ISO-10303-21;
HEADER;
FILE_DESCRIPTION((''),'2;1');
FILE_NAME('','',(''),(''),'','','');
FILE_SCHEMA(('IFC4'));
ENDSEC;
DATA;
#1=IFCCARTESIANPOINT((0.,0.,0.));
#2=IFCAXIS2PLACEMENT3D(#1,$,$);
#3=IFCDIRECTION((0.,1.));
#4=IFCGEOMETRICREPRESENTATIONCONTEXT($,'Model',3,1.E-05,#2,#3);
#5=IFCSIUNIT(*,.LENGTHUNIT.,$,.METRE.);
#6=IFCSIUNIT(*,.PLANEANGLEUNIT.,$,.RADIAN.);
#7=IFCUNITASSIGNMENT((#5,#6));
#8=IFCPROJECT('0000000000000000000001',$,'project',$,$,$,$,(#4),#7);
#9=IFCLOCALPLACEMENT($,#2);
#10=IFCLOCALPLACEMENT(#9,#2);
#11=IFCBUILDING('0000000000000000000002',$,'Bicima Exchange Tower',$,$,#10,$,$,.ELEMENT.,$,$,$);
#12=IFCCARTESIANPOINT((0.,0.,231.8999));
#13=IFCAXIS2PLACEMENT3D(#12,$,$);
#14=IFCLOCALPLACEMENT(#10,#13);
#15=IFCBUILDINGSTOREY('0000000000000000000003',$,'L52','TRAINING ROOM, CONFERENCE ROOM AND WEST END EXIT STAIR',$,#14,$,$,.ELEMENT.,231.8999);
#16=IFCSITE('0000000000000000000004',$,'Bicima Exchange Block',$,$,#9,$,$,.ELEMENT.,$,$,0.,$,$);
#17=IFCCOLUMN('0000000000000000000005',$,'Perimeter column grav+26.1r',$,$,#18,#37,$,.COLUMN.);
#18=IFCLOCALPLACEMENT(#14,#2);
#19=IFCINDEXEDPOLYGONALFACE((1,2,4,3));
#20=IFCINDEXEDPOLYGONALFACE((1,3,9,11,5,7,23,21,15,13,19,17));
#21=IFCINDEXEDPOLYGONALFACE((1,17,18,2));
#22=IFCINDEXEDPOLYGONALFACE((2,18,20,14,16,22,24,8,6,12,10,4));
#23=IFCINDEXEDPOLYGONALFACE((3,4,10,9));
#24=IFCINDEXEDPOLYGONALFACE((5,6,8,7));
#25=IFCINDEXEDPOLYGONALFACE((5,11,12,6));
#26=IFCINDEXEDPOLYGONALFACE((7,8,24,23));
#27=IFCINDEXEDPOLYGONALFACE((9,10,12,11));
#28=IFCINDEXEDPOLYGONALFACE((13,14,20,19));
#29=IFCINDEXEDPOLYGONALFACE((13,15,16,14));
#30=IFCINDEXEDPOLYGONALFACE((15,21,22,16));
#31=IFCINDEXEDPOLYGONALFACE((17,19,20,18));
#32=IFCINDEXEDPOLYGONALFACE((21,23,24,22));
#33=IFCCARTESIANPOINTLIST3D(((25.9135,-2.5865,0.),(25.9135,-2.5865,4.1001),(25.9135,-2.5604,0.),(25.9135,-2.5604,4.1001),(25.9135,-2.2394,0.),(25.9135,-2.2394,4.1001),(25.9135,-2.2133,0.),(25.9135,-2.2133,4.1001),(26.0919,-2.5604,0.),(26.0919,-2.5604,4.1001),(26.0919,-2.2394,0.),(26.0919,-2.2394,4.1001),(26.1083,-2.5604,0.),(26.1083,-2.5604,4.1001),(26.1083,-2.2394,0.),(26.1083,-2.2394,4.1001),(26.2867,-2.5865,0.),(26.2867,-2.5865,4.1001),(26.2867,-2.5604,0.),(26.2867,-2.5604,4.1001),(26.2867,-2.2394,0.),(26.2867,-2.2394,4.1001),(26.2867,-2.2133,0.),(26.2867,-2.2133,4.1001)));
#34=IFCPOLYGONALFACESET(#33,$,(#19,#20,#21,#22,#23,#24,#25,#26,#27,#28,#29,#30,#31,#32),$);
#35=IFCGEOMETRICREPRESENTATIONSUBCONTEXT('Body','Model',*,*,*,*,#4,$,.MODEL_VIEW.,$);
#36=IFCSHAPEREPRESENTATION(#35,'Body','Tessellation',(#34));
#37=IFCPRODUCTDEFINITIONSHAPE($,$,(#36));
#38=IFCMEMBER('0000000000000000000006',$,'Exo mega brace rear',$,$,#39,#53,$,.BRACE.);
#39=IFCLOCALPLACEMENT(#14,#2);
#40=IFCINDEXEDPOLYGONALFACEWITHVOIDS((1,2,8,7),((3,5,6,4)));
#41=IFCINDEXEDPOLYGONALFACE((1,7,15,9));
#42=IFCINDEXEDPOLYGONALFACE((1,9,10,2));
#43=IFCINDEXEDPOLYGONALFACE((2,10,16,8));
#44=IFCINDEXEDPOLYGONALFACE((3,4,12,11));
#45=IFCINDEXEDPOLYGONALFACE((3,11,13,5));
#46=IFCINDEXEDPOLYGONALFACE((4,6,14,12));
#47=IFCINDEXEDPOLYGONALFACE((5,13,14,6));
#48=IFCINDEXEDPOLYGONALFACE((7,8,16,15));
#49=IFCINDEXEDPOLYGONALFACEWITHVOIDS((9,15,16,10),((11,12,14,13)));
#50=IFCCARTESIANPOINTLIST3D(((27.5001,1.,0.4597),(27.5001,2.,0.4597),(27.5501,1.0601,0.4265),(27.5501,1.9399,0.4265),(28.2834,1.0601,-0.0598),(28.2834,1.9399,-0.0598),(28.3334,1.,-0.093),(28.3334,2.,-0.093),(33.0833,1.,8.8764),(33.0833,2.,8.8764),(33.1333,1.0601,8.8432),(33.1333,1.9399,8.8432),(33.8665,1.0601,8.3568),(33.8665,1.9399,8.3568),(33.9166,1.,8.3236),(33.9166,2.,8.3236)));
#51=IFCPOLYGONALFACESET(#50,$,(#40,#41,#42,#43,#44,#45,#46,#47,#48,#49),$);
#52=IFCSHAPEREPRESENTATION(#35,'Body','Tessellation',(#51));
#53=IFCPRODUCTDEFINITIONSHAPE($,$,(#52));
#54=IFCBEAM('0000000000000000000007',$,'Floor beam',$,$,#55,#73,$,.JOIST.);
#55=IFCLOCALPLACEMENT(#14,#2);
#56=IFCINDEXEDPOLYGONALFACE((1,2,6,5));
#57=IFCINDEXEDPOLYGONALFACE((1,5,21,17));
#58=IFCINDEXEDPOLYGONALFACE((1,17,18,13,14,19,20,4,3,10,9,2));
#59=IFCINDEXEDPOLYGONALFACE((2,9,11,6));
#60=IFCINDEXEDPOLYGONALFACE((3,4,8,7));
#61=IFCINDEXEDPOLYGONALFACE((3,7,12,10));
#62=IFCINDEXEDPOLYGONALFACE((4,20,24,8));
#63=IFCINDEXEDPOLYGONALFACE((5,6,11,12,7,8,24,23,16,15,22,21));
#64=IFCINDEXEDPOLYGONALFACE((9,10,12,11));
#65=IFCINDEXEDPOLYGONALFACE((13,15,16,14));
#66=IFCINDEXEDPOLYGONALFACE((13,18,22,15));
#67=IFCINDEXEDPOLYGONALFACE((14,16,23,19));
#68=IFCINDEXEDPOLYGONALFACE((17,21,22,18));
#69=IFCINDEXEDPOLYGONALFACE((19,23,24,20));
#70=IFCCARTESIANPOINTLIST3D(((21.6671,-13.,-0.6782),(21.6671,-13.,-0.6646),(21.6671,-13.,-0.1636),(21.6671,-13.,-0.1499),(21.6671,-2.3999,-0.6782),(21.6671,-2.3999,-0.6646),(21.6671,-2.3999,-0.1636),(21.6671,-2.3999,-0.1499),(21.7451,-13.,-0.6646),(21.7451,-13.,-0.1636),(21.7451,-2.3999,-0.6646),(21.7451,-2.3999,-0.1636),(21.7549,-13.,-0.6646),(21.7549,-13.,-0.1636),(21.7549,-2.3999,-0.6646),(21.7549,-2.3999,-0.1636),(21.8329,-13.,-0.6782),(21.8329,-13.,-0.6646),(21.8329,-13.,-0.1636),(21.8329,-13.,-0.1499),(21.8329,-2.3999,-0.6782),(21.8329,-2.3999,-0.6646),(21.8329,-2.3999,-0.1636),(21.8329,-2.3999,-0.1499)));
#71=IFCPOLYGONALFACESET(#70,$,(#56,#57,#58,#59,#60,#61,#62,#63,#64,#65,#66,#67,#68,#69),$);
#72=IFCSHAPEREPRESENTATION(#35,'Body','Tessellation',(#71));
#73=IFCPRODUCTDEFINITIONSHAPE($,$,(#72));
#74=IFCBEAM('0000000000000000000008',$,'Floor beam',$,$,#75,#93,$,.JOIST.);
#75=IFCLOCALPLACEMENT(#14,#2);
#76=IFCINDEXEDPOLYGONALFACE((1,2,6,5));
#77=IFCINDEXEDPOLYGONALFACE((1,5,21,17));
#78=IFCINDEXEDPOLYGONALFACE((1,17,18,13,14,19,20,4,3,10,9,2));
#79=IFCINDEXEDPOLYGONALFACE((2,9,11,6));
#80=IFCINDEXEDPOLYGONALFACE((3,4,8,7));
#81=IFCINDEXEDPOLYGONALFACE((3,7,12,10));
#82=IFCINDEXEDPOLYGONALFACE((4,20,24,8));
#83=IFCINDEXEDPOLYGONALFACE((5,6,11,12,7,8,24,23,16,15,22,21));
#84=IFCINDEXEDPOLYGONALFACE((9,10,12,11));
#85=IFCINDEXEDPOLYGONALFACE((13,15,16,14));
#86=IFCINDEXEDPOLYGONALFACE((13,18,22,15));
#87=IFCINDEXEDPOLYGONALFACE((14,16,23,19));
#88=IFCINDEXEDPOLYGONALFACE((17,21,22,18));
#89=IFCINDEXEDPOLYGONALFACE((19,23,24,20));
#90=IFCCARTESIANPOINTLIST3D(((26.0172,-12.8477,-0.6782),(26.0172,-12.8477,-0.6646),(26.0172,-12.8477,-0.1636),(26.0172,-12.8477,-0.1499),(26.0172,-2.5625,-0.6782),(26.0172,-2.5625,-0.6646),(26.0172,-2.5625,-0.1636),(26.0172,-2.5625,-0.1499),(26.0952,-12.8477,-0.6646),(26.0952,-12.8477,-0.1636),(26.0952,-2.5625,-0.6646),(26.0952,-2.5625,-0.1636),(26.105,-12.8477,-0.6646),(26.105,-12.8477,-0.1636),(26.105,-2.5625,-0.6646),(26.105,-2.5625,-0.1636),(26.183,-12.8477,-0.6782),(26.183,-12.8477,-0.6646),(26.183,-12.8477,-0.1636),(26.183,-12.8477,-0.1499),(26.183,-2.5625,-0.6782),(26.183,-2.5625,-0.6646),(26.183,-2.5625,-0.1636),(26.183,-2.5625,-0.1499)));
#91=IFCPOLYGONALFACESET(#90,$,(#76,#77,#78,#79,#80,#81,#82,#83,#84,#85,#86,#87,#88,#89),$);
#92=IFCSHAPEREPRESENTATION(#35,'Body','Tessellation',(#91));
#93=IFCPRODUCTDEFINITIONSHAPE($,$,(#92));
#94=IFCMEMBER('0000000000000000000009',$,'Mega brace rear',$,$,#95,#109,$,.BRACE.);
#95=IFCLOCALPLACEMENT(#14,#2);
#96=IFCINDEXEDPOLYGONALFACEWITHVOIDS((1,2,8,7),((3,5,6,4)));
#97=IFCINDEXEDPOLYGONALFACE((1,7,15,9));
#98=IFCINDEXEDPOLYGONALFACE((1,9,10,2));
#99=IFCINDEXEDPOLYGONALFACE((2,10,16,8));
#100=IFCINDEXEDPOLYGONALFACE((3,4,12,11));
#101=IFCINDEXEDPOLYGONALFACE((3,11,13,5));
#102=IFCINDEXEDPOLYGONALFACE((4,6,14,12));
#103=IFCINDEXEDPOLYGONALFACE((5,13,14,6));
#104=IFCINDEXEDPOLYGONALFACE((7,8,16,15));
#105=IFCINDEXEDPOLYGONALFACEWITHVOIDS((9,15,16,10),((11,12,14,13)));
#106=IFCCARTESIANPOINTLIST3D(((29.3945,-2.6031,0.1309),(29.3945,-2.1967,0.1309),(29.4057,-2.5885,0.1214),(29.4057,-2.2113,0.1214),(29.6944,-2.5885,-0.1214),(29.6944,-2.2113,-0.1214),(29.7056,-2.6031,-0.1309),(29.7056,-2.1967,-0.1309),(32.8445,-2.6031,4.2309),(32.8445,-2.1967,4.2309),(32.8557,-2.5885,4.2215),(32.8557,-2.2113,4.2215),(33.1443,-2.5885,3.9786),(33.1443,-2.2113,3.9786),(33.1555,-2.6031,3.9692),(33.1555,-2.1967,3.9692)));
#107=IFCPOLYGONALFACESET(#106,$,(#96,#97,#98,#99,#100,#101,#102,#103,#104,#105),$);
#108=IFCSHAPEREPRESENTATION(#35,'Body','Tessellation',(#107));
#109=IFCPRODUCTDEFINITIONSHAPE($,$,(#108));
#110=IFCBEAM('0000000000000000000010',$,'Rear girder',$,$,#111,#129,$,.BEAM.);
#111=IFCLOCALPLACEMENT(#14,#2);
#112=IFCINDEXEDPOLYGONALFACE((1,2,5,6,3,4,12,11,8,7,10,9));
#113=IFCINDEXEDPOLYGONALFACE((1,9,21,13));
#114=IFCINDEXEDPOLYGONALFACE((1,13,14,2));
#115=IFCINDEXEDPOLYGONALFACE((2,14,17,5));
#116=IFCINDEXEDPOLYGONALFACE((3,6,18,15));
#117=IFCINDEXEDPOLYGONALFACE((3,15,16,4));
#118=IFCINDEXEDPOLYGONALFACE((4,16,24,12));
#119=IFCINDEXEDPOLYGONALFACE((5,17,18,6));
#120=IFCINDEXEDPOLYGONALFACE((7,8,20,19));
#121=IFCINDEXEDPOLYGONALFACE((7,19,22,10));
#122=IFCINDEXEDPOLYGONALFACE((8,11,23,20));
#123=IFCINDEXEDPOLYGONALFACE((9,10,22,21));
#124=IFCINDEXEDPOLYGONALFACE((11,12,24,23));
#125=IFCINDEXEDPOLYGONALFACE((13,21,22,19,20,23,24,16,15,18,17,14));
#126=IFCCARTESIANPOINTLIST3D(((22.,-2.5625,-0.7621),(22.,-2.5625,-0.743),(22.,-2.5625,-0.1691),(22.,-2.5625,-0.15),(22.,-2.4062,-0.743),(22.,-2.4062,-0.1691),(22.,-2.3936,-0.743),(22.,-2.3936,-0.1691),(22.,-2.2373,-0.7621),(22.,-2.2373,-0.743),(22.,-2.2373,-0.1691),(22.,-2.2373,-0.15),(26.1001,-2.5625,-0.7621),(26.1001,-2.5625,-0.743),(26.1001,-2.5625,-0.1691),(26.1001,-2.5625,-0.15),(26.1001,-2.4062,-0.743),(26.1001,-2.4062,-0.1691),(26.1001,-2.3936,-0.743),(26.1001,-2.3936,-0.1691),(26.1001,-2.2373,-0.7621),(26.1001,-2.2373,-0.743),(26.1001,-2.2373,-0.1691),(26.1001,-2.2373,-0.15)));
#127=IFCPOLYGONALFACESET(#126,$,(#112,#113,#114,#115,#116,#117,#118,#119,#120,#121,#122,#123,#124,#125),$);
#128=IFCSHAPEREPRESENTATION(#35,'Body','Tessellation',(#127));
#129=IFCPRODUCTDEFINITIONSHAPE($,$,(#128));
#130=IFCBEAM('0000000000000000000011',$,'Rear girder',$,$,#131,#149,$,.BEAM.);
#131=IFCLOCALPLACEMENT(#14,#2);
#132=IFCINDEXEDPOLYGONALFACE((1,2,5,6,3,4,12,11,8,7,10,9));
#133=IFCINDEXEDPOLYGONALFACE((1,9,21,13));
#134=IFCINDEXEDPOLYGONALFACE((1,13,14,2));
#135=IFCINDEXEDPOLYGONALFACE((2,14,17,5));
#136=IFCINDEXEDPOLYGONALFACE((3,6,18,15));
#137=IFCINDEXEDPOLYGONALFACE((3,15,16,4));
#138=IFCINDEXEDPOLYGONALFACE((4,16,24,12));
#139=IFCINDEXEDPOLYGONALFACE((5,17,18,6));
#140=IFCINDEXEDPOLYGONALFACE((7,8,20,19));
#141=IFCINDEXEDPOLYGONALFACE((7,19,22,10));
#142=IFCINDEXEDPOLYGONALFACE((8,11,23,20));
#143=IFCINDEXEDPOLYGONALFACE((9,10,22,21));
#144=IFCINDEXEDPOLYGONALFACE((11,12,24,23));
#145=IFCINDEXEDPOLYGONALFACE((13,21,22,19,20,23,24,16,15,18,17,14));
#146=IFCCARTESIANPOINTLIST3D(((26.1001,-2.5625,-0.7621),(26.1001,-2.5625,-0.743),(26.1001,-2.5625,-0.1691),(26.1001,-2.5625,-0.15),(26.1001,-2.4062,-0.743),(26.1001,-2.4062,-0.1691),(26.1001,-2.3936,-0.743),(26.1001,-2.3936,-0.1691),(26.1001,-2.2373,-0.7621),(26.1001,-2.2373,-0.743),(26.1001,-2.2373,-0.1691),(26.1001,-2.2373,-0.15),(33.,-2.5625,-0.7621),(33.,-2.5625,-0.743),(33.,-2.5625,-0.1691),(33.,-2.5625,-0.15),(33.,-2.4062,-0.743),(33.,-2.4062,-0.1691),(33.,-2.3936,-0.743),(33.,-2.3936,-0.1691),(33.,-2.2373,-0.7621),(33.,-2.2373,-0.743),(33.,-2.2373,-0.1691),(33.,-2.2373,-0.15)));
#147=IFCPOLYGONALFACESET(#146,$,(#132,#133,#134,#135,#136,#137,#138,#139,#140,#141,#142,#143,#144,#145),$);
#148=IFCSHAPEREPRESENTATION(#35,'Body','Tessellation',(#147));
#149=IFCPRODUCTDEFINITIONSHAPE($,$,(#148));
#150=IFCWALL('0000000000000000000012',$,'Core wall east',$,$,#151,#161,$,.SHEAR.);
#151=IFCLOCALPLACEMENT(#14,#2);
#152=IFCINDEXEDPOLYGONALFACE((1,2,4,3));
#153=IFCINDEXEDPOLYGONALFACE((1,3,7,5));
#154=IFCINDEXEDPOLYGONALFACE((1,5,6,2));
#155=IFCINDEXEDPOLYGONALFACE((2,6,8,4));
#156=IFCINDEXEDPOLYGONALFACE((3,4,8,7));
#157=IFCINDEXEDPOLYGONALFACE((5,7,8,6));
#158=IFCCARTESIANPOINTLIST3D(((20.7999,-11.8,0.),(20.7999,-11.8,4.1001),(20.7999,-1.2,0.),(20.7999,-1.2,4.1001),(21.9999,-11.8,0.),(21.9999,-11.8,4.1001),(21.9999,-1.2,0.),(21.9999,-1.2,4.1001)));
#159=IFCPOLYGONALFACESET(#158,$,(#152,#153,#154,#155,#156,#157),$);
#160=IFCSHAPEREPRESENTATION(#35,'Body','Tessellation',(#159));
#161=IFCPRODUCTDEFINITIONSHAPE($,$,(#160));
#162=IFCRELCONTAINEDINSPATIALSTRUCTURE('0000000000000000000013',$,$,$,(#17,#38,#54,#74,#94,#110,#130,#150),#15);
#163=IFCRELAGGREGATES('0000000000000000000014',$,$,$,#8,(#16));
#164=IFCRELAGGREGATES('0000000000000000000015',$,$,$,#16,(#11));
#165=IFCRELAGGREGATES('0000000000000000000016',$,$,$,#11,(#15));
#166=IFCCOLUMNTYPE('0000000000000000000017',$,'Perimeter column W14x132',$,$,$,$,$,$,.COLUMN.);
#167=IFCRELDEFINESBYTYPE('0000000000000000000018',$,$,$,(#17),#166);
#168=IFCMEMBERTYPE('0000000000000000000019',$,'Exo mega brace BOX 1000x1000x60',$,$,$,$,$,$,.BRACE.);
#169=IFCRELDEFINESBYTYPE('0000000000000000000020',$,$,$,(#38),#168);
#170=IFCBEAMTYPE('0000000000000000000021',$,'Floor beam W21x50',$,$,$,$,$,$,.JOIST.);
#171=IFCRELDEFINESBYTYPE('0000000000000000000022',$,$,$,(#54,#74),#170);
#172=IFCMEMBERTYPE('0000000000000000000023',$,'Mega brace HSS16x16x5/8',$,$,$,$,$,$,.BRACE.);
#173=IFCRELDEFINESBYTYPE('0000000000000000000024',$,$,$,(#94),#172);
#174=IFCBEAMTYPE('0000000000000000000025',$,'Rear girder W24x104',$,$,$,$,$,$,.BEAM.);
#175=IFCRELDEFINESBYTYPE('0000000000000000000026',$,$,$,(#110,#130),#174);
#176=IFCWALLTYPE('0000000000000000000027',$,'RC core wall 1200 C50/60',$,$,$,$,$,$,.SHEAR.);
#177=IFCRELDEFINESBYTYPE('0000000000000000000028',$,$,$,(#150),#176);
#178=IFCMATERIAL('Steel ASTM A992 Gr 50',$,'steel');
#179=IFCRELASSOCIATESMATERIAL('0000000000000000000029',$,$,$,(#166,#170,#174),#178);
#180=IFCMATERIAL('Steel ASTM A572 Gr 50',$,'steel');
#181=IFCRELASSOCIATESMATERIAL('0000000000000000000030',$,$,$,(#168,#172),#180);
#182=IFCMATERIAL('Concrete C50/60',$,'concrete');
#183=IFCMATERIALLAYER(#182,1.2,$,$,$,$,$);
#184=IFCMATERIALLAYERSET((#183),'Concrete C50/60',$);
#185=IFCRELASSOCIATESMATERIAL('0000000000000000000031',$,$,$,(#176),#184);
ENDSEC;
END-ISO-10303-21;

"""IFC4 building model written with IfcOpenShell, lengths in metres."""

from ifc_helpers import new_model, si_unit, direction, frame, frame_2d, origin, origin_2d, place, context, subcontext, project, spatial, rectangle, hollow_rectangle, i_section, extrude, material, layer, layer_set, material_profile, profile_set, type_object, element, save


model = new_model("IFC4")

# Units and contexts
model_context = context("Model", 3, precision=1e-05, world=origin(), true_north=direction((0.0, 1.0)))
body_context = subcontext(model_context, "Body", "Model", "MODEL_VIEW")
ifc_project = project(units=[si_unit("LENGTHUNIT", "METRE"), si_unit("PLANEANGLEUNIT", "RADIAN")], contexts=[model_context])

# Site, building, storey
site_placement = place(None, origin())
site = spatial("IfcSite", under=ifc_project, at=site_placement, Name="Bicima Exchange Block", CompositionType="ELEMENT", RefElevation=0.0)
building_placement = place(site_placement, origin())
building = spatial("IfcBuilding", under=site, at=building_placement, Name="Bicima Exchange Tower", CompositionType="ELEMENT")
storey_placement = place(building_placement, frame((0.0, 0.0, 231.8999)))
storey = spatial("IfcBuildingStorey", under=building, at=storey_placement, Name="L52", Description="TRAINING ROOM, CONFERENCE ROOM AND WEST END EXIT STAIR", CompositionType="ELEMENT", Elevation=231.8999)

# Column
ifc_material_1 = material(Name="Steel ASTM A992 Gr 50", Category="steel")
ifc_material_profile_1 = material_profile(ifc_material_1, i_section(OverallWidth=0.3733, OverallDepth=0.3733, WebThickness=0.0164, FlangeThickness=0.0261, at=origin_2d()))
ifc_profile_set_1 = profile_set([ifc_material_profile_1], Name="Steel ASTM A992 Gr 50")
column_type = type_object("IfcColumnType", Name="Perimeter column W14x132", PredefinedType="COLUMN", material=ifc_profile_set_1)
column_placement = place(storey_placement, frame((26.1001, -2.3999, 0.0), z_axis=(0.0, 0.0, 1.0), x_axis=(1.0, 0.0, 0.0)))
element("IfcColumn", 1, at=column_placement, inside=storey, type_object=column_type, Name="Perimeter column grav+26.1r", PredefinedType="COLUMN", context=body_context, shape_type="SweptSolid", body=[
    extrude(i_section(OverallWidth=0.3733, OverallDepth=0.3733, WebThickness=0.0164, FlangeThickness=0.0261, at=origin_2d()), origin(), (0.0, 0.0, 1.0), 4.1001),
])

# Member
ifc_material_2 = material(Name="Steel ASTM A572 Gr 50", Category="steel")
ifc_material_profile_2 = material_profile(ifc_material_2, hollow_rectangle(XDim=1.0, YDim=1.0, WallThickness=0.0601, at=origin_2d()))
ifc_profile_set_2 = profile_set([ifc_material_profile_2], Name="Steel ASTM A572 Gr 50")
member_type_1 = type_object("IfcMemberType", Name="Exo mega brace BOX 1000x1000x60", PredefinedType="BRACE", material=ifc_profile_set_2)
member_1_placement = place(storey_placement, frame((27.9167, 1.5, 0.1833), z_axis=(0.552785, 0.0, 0.833324), x_axis=(0.0, 1.0, 0.0)))
element("IfcMember", 2, at=member_1_placement, inside=storey, type_object=member_type_1, Name="Exo mega brace rear", PredefinedType="BRACE", context=body_context, shape_type="SweptSolid", body=[
    extrude(hollow_rectangle(XDim=1.0, YDim=1.0, WallThickness=0.0601, at=origin_2d()), origin(), (0.0, 0.0, 1.0), 10.1001),
])

# Beams
ifc_material_profile_3 = material_profile(ifc_material_1, i_section(OverallWidth=0.1658, OverallDepth=0.5283, WebThickness=0.0098, FlangeThickness=0.0137, at=origin_2d()))
ifc_profile_set_3 = profile_set([ifc_material_profile_3], Name="Steel ASTM A992 Gr 50")
beam_type_1 = type_object("IfcBeamType", Name="Floor beam W21x50", PredefinedType="JOIST", material=ifc_profile_set_3)
beam_1_placement = place(storey_placement, frame((21.75, -2.3999, -0.4141), z_axis=(0.0, -1.0, 0.0), x_axis=(1.0, 0.0, 0.0)))
element("IfcBeam", 3, at=beam_1_placement, inside=storey, type_object=beam_type_1, Name="Floor beam", PredefinedType="JOIST", context=body_context, shape_type="SweptSolid", body=[
    extrude(i_section(OverallWidth=0.1658, OverallDepth=0.5283, WebThickness=0.0098, FlangeThickness=0.0137, at=origin_2d()), origin(), (0.0, 0.0, 1.0), 10.6001),
])
beam_2_placement = place(storey_placement, frame((26.1001, -2.5625, -0.4141), z_axis=(0.0, -1.0, 0.0), x_axis=(1.0, 0.0, 0.0)))
element("IfcBeam", 4, at=beam_2_placement, inside=storey, type_object=beam_type_1, Name="Floor beam", PredefinedType="JOIST", context=body_context, shape_type="SweptSolid", body=[
    extrude(i_section(OverallWidth=0.1658, OverallDepth=0.5283, WebThickness=0.0098, FlangeThickness=0.0137, at=origin_2d()), origin(), (0.0, 0.0, 1.0), 10.2852),
])

# Member
ifc_material_profile_4 = material_profile(ifc_material_2, hollow_rectangle(XDim=0.4065, YDim=0.4065, WallThickness=0.0146, at=origin_2d()))
ifc_profile_set_4 = profile_set([ifc_material_profile_4], Name="Steel ASTM A572 Gr 50")
member_type_2 = type_object("IfcMemberType", Name="Mega brace HSS16x16x5/8", PredefinedType="BRACE", material=ifc_profile_set_4)
member_2_placement = place(storey_placement, frame((29.55, -2.3999, 0.0), z_axis=(0.643834, 0.0, 0.765165), x_axis=(0.0, 1.0, 0.0)))
element("IfcMember", 5, at=member_2_placement, inside=storey, type_object=member_type_2, Name="Mega brace rear", PredefinedType="BRACE", context=body_context, shape_type="SweptSolid", body=[
    extrude(hollow_rectangle(XDim=0.4065, YDim=0.4065, WallThickness=0.0146, at=origin_2d()), origin(), (0.0, 0.0, 1.0), 5.3584),
])

# Beams
ifc_material_profile_5 = material_profile(ifc_material_1, i_section(OverallWidth=0.3252, OverallDepth=0.6121, WebThickness=0.0127, FlangeThickness=0.019, at=origin_2d()))
ifc_profile_set_5 = profile_set([ifc_material_profile_5], Name="Steel ASTM A992 Gr 50")
beam_type_2 = type_object("IfcBeamType", Name="Rear girder W24x104", PredefinedType="BEAM", material=ifc_profile_set_5)
beam_3_placement = place(storey_placement, frame((22.0, -2.3999, -0.4561), z_axis=(1.0, 0.0, 0.0), x_axis=(0.0, 1.0, 0.0)))
element("IfcBeam", 6, at=beam_3_placement, inside=storey, type_object=beam_type_2, Name="Rear girder", PredefinedType="BEAM", context=body_context, shape_type="SweptSolid", body=[
    extrude(i_section(OverallWidth=0.3252, OverallDepth=0.6121, WebThickness=0.0127, FlangeThickness=0.019, at=origin_2d()), origin(), (0.0, 0.0, 1.0), 4.1001),
])
beam_4_placement = place(storey_placement, frame((26.1001, -2.3999, -0.4561), z_axis=(1.0, 0.0, 0.0), x_axis=(0.0, 1.0, 0.0)))
element("IfcBeam", 7, at=beam_4_placement, inside=storey, type_object=beam_type_2, Name="Rear girder", PredefinedType="BEAM", context=body_context, shape_type="SweptSolid", body=[
    extrude(i_section(OverallWidth=0.3252, OverallDepth=0.6121, WebThickness=0.0127, FlangeThickness=0.019, at=origin_2d()), origin(), (0.0, 0.0, 1.0), 6.8999),
])

# Wall
ifc_material_3 = material(Name="Concrete C50/60", Category="concrete")
ifc_layer_1 = layer(ifc_material_3, 1.2)
ifc_layer_set_1 = layer_set([ifc_layer_1], Name="Concrete C50/60")
wall_type_1 = type_object("IfcWallType", Name="RC core wall 1200 C50/60", PredefinedType="SHEAR", material=ifc_layer_set_1)
wall_1_placement = place(storey_placement, frame((21.3999, -11.8, 0.0), z_axis=(0.0, 0.0, 1.0), x_axis=(0.0, 1.0, 0.0)))
element("IfcWall", 8, at=wall_1_placement, inside=storey, type_object=wall_type_1, Name="Core wall east", PredefinedType="SHEAR", context=body_context, shape_type="SweptSolid", body=[
    extrude(rectangle(XDim=10.6001, YDim=1.2, at=frame_2d((5.3, 0.0))), origin(), (0.0, 0.0, 1.0), 4.1001),
])

save(model, "model.ifc")
